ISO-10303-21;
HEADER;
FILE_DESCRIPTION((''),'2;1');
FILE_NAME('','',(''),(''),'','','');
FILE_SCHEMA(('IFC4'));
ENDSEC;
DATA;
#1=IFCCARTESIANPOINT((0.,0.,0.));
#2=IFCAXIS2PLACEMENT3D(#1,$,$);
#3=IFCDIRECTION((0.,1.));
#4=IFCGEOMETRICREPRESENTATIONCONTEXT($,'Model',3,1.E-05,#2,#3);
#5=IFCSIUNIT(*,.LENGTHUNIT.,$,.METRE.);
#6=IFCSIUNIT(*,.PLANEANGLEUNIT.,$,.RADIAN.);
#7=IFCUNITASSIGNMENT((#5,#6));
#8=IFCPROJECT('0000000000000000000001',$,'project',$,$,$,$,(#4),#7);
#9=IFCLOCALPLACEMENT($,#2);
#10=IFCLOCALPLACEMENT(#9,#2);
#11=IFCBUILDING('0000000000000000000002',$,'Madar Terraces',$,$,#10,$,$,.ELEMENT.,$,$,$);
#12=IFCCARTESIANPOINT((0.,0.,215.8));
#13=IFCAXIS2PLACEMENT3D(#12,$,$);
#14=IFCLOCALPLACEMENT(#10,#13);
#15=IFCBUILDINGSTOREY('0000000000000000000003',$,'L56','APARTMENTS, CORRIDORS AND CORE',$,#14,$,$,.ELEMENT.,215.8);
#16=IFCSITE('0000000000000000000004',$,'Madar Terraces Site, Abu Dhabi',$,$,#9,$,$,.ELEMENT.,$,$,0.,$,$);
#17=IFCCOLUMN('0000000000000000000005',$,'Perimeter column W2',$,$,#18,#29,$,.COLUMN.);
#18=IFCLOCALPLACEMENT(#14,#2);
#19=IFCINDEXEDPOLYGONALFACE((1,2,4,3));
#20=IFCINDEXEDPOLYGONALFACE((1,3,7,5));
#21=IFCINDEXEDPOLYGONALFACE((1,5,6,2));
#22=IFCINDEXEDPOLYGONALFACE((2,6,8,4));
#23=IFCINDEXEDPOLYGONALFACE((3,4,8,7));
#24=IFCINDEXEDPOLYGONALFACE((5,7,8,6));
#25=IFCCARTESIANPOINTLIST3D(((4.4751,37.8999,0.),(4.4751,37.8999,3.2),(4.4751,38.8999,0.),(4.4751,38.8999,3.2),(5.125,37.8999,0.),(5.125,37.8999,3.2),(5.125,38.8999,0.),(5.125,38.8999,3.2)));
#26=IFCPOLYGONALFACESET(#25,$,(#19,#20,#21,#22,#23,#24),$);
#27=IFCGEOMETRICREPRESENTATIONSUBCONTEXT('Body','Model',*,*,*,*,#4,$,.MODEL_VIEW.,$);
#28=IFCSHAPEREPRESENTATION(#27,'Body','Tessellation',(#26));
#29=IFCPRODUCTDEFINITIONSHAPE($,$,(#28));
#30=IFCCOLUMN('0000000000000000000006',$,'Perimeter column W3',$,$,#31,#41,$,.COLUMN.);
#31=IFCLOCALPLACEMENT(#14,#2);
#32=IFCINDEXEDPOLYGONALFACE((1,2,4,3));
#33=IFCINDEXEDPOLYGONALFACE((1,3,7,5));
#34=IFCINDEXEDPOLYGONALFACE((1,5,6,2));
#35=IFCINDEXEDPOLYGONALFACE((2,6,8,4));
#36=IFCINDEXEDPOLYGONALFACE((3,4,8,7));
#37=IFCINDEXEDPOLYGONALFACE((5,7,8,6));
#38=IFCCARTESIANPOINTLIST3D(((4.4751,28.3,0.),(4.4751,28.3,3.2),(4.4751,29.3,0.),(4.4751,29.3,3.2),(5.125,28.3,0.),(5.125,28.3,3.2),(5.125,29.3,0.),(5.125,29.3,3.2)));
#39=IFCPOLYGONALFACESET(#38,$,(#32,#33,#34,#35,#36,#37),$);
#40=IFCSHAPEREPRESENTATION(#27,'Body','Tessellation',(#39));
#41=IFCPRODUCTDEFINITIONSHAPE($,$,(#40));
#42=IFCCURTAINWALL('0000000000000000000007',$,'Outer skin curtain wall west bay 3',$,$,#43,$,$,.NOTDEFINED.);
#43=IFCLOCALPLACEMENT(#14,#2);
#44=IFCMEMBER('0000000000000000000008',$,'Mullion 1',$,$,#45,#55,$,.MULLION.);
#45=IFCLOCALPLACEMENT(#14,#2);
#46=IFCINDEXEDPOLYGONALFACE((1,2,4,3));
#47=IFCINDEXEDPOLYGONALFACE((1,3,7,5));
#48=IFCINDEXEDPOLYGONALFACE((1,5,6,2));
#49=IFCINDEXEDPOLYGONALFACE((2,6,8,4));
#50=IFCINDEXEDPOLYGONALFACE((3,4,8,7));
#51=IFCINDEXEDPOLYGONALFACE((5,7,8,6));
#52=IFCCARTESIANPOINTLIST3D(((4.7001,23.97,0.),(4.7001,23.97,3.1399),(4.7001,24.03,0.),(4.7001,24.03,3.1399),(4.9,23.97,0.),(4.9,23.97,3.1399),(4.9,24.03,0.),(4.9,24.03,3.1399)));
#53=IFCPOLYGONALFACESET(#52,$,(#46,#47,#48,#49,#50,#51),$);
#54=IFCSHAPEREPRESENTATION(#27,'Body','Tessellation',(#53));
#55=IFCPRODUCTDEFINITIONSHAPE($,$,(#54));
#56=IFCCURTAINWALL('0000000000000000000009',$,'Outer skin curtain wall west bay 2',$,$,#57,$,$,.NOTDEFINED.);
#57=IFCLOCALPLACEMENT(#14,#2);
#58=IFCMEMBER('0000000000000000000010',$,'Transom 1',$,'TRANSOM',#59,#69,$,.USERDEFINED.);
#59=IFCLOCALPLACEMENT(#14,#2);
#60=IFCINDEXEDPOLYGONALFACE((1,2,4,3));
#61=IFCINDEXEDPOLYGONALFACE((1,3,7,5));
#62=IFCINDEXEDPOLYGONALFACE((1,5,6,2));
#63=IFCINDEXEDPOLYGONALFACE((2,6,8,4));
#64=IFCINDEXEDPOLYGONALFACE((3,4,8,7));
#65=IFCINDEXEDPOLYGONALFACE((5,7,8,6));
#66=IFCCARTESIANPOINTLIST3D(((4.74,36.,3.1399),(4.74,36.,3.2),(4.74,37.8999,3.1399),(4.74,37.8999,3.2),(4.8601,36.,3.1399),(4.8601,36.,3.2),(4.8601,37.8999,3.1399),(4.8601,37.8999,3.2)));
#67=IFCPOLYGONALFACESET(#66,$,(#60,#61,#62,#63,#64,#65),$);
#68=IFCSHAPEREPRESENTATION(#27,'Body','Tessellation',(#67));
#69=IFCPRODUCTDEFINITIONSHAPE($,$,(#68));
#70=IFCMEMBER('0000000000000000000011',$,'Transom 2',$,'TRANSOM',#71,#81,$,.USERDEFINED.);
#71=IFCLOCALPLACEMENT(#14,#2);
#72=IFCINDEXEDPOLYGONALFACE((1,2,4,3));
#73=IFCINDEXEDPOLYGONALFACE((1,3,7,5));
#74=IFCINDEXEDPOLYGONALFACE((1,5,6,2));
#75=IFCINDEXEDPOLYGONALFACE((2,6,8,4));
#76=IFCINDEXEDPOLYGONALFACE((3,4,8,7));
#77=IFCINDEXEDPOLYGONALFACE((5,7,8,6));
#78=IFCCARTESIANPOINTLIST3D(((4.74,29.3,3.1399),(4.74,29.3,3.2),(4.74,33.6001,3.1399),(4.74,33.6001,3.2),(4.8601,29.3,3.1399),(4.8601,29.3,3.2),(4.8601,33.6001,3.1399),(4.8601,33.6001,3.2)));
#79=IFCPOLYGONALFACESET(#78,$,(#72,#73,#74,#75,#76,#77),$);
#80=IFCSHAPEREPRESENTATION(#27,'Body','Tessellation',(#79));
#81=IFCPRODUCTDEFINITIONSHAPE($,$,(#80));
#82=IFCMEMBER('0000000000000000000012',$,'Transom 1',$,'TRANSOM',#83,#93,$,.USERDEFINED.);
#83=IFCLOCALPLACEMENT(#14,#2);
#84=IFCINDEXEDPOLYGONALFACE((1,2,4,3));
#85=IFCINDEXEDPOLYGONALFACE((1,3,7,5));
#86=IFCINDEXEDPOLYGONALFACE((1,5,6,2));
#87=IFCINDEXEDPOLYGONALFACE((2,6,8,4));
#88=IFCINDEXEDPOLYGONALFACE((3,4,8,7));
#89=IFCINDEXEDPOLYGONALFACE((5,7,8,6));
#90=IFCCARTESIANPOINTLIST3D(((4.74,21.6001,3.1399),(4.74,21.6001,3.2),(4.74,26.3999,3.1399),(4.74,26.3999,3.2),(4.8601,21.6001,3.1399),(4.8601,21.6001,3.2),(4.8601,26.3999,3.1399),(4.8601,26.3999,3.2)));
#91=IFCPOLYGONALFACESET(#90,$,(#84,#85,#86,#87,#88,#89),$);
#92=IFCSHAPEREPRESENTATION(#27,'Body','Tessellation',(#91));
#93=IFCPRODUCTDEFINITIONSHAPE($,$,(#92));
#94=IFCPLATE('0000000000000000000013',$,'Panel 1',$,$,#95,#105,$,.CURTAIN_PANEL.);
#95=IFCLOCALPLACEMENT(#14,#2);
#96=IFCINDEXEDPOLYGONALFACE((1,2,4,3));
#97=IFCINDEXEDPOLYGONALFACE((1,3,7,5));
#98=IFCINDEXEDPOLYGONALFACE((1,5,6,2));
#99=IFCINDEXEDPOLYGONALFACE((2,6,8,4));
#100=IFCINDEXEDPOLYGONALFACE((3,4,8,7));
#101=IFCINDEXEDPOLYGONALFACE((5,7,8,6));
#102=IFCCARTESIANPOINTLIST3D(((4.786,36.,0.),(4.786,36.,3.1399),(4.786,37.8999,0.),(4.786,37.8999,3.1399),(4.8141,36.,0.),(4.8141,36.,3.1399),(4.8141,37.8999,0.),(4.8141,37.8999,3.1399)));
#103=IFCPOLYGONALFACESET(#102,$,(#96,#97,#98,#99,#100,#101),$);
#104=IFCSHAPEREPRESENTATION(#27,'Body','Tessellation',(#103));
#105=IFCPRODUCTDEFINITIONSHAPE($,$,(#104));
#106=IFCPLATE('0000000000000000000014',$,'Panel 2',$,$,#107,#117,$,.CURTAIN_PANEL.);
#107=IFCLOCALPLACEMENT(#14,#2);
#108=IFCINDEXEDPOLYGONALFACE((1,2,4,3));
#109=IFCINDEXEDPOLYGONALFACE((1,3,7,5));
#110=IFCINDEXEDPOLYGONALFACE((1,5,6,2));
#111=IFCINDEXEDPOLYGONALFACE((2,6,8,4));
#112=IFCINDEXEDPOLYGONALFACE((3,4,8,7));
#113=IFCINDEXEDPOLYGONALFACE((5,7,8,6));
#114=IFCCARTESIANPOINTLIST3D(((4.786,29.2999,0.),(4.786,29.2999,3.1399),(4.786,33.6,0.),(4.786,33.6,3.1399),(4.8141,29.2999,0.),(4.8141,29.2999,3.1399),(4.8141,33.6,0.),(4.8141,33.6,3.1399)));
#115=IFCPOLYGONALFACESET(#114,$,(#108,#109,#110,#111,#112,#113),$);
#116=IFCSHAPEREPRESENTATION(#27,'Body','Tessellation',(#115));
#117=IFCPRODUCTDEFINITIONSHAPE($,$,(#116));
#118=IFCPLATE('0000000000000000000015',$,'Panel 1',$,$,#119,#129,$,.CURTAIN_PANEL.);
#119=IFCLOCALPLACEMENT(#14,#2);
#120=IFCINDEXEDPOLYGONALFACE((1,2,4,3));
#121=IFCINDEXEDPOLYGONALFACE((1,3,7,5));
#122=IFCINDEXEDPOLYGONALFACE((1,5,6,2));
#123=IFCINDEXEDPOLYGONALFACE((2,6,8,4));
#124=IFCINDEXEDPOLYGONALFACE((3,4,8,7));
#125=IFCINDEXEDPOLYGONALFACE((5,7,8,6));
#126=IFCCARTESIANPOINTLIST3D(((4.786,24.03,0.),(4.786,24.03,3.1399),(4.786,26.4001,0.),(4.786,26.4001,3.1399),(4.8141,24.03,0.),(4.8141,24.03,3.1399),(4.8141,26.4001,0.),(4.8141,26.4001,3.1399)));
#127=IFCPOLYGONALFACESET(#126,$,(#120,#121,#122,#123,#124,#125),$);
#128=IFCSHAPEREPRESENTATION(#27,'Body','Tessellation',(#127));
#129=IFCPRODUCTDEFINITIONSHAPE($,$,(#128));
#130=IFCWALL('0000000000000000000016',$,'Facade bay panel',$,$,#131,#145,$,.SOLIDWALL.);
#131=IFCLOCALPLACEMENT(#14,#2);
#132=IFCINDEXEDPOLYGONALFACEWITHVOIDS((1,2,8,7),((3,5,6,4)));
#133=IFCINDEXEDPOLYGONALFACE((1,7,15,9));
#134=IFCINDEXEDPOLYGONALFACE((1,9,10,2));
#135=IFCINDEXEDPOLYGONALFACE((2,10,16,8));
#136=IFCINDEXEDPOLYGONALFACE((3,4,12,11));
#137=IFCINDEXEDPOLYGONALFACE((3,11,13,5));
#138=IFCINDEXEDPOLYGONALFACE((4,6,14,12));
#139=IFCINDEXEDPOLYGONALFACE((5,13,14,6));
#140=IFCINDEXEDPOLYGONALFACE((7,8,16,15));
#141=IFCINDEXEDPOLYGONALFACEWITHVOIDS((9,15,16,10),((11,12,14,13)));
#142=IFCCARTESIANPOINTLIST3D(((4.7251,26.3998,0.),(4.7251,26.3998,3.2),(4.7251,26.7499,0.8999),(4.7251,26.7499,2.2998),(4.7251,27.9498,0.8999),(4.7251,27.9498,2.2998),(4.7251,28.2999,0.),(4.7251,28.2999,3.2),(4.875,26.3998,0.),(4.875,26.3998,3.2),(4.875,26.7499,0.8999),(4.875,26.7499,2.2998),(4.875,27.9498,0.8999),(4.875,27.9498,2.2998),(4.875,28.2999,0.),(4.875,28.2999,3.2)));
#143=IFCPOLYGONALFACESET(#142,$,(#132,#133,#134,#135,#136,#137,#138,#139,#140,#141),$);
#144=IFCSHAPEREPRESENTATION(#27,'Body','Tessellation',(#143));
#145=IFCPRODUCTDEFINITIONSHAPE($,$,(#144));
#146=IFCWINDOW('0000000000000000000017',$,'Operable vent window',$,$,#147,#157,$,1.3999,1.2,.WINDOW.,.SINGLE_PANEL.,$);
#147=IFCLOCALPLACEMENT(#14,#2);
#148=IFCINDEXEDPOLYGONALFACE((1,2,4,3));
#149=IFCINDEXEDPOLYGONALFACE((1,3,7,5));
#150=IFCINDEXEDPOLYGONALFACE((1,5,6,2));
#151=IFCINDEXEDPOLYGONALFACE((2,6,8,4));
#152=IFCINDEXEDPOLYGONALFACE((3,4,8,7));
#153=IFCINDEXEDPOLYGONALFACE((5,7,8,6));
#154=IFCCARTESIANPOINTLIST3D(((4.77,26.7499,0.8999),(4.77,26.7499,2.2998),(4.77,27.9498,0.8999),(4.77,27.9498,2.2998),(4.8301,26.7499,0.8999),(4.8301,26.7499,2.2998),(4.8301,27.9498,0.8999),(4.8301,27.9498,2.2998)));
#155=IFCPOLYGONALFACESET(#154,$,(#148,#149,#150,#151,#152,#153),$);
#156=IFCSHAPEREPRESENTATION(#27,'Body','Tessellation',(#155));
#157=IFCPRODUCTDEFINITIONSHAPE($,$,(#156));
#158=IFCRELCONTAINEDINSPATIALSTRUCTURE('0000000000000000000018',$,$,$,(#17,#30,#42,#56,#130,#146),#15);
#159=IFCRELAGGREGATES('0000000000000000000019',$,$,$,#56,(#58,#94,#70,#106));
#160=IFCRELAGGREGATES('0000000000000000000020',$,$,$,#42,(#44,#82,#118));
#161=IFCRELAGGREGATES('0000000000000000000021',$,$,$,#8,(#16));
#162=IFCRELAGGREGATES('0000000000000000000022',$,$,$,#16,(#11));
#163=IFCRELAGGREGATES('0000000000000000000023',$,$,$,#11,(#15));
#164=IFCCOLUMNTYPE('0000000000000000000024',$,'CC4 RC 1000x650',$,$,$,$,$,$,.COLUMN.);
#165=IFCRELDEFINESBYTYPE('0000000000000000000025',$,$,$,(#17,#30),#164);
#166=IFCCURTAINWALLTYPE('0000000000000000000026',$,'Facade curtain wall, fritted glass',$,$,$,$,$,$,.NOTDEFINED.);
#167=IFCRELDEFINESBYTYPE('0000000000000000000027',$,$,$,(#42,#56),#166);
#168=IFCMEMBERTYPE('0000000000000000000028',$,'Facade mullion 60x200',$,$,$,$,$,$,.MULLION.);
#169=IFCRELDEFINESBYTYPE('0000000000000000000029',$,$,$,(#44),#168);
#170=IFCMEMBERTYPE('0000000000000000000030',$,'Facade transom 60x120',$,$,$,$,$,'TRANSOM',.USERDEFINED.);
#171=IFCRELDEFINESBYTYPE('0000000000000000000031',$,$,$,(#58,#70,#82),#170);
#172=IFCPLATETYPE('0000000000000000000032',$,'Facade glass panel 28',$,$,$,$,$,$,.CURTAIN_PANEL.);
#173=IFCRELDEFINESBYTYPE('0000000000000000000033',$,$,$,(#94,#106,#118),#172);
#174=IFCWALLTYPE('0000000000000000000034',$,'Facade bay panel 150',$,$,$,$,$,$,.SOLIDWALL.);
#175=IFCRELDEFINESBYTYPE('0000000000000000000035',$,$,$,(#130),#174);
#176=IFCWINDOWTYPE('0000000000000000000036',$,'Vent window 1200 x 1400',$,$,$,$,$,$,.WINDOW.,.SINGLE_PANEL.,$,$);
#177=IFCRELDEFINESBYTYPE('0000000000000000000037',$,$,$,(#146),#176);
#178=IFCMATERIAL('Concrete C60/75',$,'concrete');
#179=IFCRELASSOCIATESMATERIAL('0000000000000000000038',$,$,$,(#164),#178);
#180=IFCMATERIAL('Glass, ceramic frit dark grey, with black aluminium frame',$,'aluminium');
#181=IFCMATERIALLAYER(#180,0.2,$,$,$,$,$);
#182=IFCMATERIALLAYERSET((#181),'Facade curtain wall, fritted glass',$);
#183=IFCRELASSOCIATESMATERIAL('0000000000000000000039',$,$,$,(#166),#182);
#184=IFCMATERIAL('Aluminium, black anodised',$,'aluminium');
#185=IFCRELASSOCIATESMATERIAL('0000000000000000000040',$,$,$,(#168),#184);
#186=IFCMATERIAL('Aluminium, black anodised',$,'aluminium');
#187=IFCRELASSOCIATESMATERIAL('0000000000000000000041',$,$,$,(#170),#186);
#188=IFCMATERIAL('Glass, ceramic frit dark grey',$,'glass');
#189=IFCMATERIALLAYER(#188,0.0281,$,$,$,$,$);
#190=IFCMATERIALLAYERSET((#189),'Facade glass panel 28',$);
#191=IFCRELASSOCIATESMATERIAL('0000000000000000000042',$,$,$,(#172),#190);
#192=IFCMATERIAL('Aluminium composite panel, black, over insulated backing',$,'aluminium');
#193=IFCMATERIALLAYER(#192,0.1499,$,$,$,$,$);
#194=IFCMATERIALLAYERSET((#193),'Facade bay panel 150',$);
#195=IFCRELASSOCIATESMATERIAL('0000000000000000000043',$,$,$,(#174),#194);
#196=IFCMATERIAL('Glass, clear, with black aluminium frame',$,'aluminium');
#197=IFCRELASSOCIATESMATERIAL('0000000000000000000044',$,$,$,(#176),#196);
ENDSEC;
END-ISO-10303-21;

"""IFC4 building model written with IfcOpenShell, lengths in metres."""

from ifc_helpers import new_model, si_unit, direction, frame, frame_2d, origin, origin_2d, place, context, subcontext, project, spatial, rectangle, extrude, material, layer, layer_set, material_profile, profile_set, type_object, element, fill, aggregate, save


model = new_model("IFC4")

# Units and contexts
model_context = context("Model", 3, precision=1e-05, world=origin(), true_north=direction((0.0, 1.0)))
body_context = subcontext(model_context, "Body", "Model", "MODEL_VIEW")
ifc_project = project(units=[si_unit("LENGTHUNIT", "METRE"), si_unit("PLANEANGLEUNIT", "RADIAN")], contexts=[model_context])

# Site, building, storey
site_placement = place(None, origin())
site = spatial("IfcSite", under=ifc_project, at=site_placement, Name="Madar Terraces Site, Abu Dhabi", CompositionType="ELEMENT", RefElevation=0.0)
building_placement = place(site_placement, origin())
building = spatial("IfcBuilding", under=site, at=building_placement, Name="Madar Terraces", CompositionType="ELEMENT")
storey_placement = place(building_placement, frame((0.0, 0.0, 215.8)))
storey = spatial("IfcBuildingStorey", under=building, at=storey_placement, Name="L56", Description="APARTMENTS, CORRIDORS AND CORE", CompositionType="ELEMENT", Elevation=215.8)

# Columns
ifc_material_1 = material(Name="Concrete C60/75", Category="concrete")
ifc_material_profile_1 = material_profile(ifc_material_1, rectangle(XDim=1.0, YDim=0.6499, at=origin_2d()), Name="CC4 RC 1000x650")
ifc_profile_set_1 = profile_set([ifc_material_profile_1], Name="Concrete C60/75")
column_type = type_object("IfcColumnType", Name="CC4 RC 1000x650", PredefinedType="COLUMN", material=ifc_profile_set_1)
for number, where, z_axis, x_axis, name in (
    (1, (4.8, 38.3999, 0.0), (0.0, 0.0, 1.0), (0.0, 1.0, 0.0), "Perimeter column W2"),
    (2, (4.8, 28.8, 0.0), (0.0, 0.0, 1.0), (0.0, 1.0, 0.0), "Perimeter column W3"),
):
    element("IfcColumn", number, at=place(storey_placement, frame(where, z_axis=z_axis, x_axis=x_axis)), inside=storey, type_object=column_type, Name=name, PredefinedType="COLUMN", context=body_context, shape_type="SweptSolid", body=[
        extrude(rectangle(XDim=1.0, YDim=0.6499, at=origin_2d()), origin(), (0.0, 0.0, 1.0), 3.2),
    ])

# Curtain wall, member
ifc_material_2 = material(Name="Glass, ceramic frit dark grey, with black aluminium frame", Category="aluminium")
ifc_layer_1 = layer(ifc_material_2, 0.2)
ifc_layer_set_1 = layer_set([ifc_layer_1], Name="Facade curtain wall, fritted glass")
curtain_wall_type = type_object("IfcCurtainWallType", Name="Facade curtain wall, fritted glass", PredefinedType="NOTDEFINED", material=ifc_layer_set_1)
curtain_wall_1_placement = place(storey_placement, origin())
curtain_wall_1 = element("IfcCurtainWall", 3, at=curtain_wall_1_placement, inside=storey, type_object=curtain_wall_type, Name="Outer skin curtain wall west bay 3", PredefinedType="NOTDEFINED")
ifc_material_3 = material(Name="Aluminium, black anodised", Category="aluminium")
ifc_material_profile_2 = material_profile(ifc_material_3, rectangle(XDim=0.2, YDim=0.0601, at=origin_2d()), Name="Facade mullion 60x200")
ifc_profile_set_2 = profile_set([ifc_material_profile_2], Name="Aluminium, black anodised")
member_type_1 = type_object("IfcMemberType", Name="Facade mullion 60x200", PredefinedType="MULLION", material=ifc_profile_set_2)
member_1_placement = place(storey_placement, frame((4.8, 24.0, 0.0), z_axis=(0.0, 0.0, 1.0), x_axis=(1.0, 0.0, 0.0)))
member_1 = element("IfcMember", 4, at=member_1_placement, type_object=member_type_1, Name="Mullion 1", PredefinedType="MULLION", context=body_context, shape_type="SweptSolid", body=[
    extrude(rectangle(XDim=0.2, YDim=0.0601, at=origin_2d()), origin(), (0.0, 0.0, 1.0), 3.1399),
])

# Curtain wall, members
curtain_wall_2_placement = place(storey_placement, origin())
curtain_wall_2 = element("IfcCurtainWall", 5, at=curtain_wall_2_placement, inside=storey, type_object=curtain_wall_type, Name="Outer skin curtain wall west bay 2", PredefinedType="NOTDEFINED")
ifc_material_4 = material(Name="Aluminium, black anodised", Category="aluminium")
ifc_material_profile_3 = material_profile(ifc_material_4, rectangle(XDim=0.1201, YDim=0.0601, at=origin_2d()), Name="Facade transom 60x120")
ifc_profile_set_3 = profile_set([ifc_material_profile_3], Name="Aluminium, black anodised")
member_type_2 = type_object("IfcMemberType", Name="Facade transom 60x120", ElementType="TRANSOM", PredefinedType="USERDEFINED", material=ifc_profile_set_3)
member_2_placement = place(storey_placement, frame((4.8, 37.8999, 3.1699), z_axis=(0.0, -1.0, 0.0), x_axis=(1.0, 0.0, 0.0)))
member_2 = element("IfcMember", 6, at=member_2_placement, type_object=member_type_2, Name="Transom 1", ObjectType="TRANSOM", PredefinedType="USERDEFINED", context=body_context, shape_type="SweptSolid", body=[
    extrude(rectangle(XDim=0.1201, YDim=0.0601, at=origin_2d()), origin(), (0.0, 0.0, 1.0), 1.8999),
])
member_3_placement = place(storey_placement, frame((4.8, 33.6001, 3.1699), z_axis=(0.0, -1.0, 0.0), x_axis=(1.0, 0.0, 0.0)))
member_3 = element("IfcMember", 7, at=member_3_placement, type_object=member_type_2, Name="Transom 2", ObjectType="TRANSOM", PredefinedType="USERDEFINED", context=body_context, shape_type="SweptSolid", body=[
    extrude(rectangle(XDim=0.1201, YDim=0.0601, at=origin_2d()), origin(), (0.0, 0.0, 1.0), 4.3),
])

# Member
member_4_placement = place(storey_placement, frame((4.8, 26.3999, 3.1699), z_axis=(0.0, -1.0, 0.0), x_axis=(1.0, 0.0, 0.0)))
member_4 = element("IfcMember", 8, at=member_4_placement, type_object=member_type_2, Name="Transom 1", ObjectType="TRANSOM", PredefinedType="USERDEFINED", context=body_context, shape_type="SweptSolid", body=[
    extrude(rectangle(XDim=0.1201, YDim=0.0601, at=origin_2d()), origin(), (0.0, 0.0, 1.0), 4.7998),
])

# Plates
ifc_material_5 = material(Name="Glass, ceramic frit dark grey", Category="glass")
ifc_layer_2 = layer(ifc_material_5, 0.0281)
ifc_layer_set_2 = layer_set([ifc_layer_2], Name="Facade glass panel 28")
plate_type = type_object("IfcPlateType", Name="Facade glass panel 28", PredefinedType="CURTAIN_PANEL", material=ifc_layer_set_2)
plate_1_placement = place(storey_placement, frame((4.8, 36.95, 0.0), z_axis=(0.0, 0.0, 1.0), x_axis=(0.0, -1.0, 0.0)))
plate_1 = element("IfcPlate", 9, at=plate_1_placement, type_object=plate_type, Name="Panel 1", PredefinedType="CURTAIN_PANEL", context=body_context, shape_type="SweptSolid", body=[
    extrude(rectangle(XDim=1.8999, YDim=0.0281, at=origin_2d()), origin(), (0.0, 0.0, 1.0), 3.1399),
])
plate_2_placement = place(storey_placement, frame((4.8, 31.45, 0.0), z_axis=(0.0, 0.0, 1.0), x_axis=(0.0, -1.0, 0.0)))
plate_2 = element("IfcPlate", 10, at=plate_2_placement, type_object=plate_type, Name="Panel 2", PredefinedType="CURTAIN_PANEL", context=body_context, shape_type="SweptSolid", body=[
    extrude(rectangle(XDim=4.3, YDim=0.0281, at=origin_2d()), origin(), (0.0, 0.0, 1.0), 3.1399),
])
aggregate(curtain_wall_2, [member_2, plate_1, member_3, plate_2])
plate_3_placement = place(storey_placement, frame((4.8, 25.2151, 0.0), z_axis=(0.0, 0.0, 1.0), x_axis=(0.0, -1.0, 0.0)))
plate_3 = element("IfcPlate", 11, at=plate_3_placement, type_object=plate_type, Name="Panel 1", PredefinedType="CURTAIN_PANEL", context=body_context, shape_type="SweptSolid", body=[
    extrude(rectangle(XDim=2.3701, YDim=0.0281, at=origin_2d()), origin(), (0.0, 0.0, 1.0), 3.1399),
])
aggregate(curtain_wall_1, [member_1, member_4, plate_3])

# Shared definitions
ifc_material_6 = material(Name="Aluminium composite panel, black, over insulated backing", Category="aluminium")
ifc_layer_3 = layer(ifc_material_6, 0.1499)
ifc_layer_set_3 = layer_set([ifc_layer_3], Name="Facade bay panel 150")
wall_type_1 = type_object("IfcWallType", Name="Facade bay panel 150", PredefinedType="SOLIDWALL", material=ifc_layer_set_3)

# Wall, opening, window
wall_1_placement = place(storey_placement, frame((4.8, 28.3, 0.0), z_axis=(0.0, 0.0, 1.0), x_axis=(0.0, -1.0, 0.0)))
wall_1 = element("IfcWall", 12, at=wall_1_placement, inside=storey, type_object=wall_type_1, Name="Facade bay panel", PredefinedType="SOLIDWALL", context=body_context, shape_type="SweptSolid", body=[
    extrude(rectangle(XDim=1.9001, YDim=0.1499, at=frame_2d((0.9502, 0.0))), origin(), (0.0, 0.0, 1.0), 3.2),
])
opening_1_placement = place(wall_1_placement, frame((0.3501, 0.0, 0.8999)))
opening_1 = element("IfcOpeningElement", 13, at=opening_1_placement, cuts=wall_1, PredefinedType="OPENING", context=body_context, shape_type="SweptSolid", body=[
    extrude(rectangle(XDim=1.2, YDim=1.3999, at=frame_2d((0.6001, 0.7))), frame((0.0, 0.085, 0.0), z_axis=(0.0, -1.0, 0.0), x_axis=(1.0, 0.0, 0.0)), (0.0, 0.0, 1.0), 0.1699),
])
ifc_material_7 = material(Name="Glass, clear, with black aluminium frame", Category="aluminium")
window_type = type_object("IfcWindowType", Name="Vent window 1200 x 1400", PartitioningType="SINGLE_PANEL", PredefinedType="WINDOW", material=ifc_material_7)
window_placement = place(opening_1_placement, origin())
window = element("IfcWindow", 14, at=window_placement, inside=storey, type_object=window_type, Name="Operable vent window", OverallHeight=1.3999, OverallWidth=1.2, PartitioningType="SINGLE_PANEL", PredefinedType="WINDOW", context=body_context, shape_type="SweptSolid", body=[
    extrude(rectangle(XDim=1.2, YDim=1.3999, at=frame_2d((0.6001, 0.7))), frame((0.0, 0.03, 0.0), z_axis=(0.0, -1.0, 0.0), x_axis=(1.0, 0.0, 0.0)), (0.0, 0.0, 1.0), 0.0601),
])
fill(opening_1, window)

save(model, "model.ifc")
